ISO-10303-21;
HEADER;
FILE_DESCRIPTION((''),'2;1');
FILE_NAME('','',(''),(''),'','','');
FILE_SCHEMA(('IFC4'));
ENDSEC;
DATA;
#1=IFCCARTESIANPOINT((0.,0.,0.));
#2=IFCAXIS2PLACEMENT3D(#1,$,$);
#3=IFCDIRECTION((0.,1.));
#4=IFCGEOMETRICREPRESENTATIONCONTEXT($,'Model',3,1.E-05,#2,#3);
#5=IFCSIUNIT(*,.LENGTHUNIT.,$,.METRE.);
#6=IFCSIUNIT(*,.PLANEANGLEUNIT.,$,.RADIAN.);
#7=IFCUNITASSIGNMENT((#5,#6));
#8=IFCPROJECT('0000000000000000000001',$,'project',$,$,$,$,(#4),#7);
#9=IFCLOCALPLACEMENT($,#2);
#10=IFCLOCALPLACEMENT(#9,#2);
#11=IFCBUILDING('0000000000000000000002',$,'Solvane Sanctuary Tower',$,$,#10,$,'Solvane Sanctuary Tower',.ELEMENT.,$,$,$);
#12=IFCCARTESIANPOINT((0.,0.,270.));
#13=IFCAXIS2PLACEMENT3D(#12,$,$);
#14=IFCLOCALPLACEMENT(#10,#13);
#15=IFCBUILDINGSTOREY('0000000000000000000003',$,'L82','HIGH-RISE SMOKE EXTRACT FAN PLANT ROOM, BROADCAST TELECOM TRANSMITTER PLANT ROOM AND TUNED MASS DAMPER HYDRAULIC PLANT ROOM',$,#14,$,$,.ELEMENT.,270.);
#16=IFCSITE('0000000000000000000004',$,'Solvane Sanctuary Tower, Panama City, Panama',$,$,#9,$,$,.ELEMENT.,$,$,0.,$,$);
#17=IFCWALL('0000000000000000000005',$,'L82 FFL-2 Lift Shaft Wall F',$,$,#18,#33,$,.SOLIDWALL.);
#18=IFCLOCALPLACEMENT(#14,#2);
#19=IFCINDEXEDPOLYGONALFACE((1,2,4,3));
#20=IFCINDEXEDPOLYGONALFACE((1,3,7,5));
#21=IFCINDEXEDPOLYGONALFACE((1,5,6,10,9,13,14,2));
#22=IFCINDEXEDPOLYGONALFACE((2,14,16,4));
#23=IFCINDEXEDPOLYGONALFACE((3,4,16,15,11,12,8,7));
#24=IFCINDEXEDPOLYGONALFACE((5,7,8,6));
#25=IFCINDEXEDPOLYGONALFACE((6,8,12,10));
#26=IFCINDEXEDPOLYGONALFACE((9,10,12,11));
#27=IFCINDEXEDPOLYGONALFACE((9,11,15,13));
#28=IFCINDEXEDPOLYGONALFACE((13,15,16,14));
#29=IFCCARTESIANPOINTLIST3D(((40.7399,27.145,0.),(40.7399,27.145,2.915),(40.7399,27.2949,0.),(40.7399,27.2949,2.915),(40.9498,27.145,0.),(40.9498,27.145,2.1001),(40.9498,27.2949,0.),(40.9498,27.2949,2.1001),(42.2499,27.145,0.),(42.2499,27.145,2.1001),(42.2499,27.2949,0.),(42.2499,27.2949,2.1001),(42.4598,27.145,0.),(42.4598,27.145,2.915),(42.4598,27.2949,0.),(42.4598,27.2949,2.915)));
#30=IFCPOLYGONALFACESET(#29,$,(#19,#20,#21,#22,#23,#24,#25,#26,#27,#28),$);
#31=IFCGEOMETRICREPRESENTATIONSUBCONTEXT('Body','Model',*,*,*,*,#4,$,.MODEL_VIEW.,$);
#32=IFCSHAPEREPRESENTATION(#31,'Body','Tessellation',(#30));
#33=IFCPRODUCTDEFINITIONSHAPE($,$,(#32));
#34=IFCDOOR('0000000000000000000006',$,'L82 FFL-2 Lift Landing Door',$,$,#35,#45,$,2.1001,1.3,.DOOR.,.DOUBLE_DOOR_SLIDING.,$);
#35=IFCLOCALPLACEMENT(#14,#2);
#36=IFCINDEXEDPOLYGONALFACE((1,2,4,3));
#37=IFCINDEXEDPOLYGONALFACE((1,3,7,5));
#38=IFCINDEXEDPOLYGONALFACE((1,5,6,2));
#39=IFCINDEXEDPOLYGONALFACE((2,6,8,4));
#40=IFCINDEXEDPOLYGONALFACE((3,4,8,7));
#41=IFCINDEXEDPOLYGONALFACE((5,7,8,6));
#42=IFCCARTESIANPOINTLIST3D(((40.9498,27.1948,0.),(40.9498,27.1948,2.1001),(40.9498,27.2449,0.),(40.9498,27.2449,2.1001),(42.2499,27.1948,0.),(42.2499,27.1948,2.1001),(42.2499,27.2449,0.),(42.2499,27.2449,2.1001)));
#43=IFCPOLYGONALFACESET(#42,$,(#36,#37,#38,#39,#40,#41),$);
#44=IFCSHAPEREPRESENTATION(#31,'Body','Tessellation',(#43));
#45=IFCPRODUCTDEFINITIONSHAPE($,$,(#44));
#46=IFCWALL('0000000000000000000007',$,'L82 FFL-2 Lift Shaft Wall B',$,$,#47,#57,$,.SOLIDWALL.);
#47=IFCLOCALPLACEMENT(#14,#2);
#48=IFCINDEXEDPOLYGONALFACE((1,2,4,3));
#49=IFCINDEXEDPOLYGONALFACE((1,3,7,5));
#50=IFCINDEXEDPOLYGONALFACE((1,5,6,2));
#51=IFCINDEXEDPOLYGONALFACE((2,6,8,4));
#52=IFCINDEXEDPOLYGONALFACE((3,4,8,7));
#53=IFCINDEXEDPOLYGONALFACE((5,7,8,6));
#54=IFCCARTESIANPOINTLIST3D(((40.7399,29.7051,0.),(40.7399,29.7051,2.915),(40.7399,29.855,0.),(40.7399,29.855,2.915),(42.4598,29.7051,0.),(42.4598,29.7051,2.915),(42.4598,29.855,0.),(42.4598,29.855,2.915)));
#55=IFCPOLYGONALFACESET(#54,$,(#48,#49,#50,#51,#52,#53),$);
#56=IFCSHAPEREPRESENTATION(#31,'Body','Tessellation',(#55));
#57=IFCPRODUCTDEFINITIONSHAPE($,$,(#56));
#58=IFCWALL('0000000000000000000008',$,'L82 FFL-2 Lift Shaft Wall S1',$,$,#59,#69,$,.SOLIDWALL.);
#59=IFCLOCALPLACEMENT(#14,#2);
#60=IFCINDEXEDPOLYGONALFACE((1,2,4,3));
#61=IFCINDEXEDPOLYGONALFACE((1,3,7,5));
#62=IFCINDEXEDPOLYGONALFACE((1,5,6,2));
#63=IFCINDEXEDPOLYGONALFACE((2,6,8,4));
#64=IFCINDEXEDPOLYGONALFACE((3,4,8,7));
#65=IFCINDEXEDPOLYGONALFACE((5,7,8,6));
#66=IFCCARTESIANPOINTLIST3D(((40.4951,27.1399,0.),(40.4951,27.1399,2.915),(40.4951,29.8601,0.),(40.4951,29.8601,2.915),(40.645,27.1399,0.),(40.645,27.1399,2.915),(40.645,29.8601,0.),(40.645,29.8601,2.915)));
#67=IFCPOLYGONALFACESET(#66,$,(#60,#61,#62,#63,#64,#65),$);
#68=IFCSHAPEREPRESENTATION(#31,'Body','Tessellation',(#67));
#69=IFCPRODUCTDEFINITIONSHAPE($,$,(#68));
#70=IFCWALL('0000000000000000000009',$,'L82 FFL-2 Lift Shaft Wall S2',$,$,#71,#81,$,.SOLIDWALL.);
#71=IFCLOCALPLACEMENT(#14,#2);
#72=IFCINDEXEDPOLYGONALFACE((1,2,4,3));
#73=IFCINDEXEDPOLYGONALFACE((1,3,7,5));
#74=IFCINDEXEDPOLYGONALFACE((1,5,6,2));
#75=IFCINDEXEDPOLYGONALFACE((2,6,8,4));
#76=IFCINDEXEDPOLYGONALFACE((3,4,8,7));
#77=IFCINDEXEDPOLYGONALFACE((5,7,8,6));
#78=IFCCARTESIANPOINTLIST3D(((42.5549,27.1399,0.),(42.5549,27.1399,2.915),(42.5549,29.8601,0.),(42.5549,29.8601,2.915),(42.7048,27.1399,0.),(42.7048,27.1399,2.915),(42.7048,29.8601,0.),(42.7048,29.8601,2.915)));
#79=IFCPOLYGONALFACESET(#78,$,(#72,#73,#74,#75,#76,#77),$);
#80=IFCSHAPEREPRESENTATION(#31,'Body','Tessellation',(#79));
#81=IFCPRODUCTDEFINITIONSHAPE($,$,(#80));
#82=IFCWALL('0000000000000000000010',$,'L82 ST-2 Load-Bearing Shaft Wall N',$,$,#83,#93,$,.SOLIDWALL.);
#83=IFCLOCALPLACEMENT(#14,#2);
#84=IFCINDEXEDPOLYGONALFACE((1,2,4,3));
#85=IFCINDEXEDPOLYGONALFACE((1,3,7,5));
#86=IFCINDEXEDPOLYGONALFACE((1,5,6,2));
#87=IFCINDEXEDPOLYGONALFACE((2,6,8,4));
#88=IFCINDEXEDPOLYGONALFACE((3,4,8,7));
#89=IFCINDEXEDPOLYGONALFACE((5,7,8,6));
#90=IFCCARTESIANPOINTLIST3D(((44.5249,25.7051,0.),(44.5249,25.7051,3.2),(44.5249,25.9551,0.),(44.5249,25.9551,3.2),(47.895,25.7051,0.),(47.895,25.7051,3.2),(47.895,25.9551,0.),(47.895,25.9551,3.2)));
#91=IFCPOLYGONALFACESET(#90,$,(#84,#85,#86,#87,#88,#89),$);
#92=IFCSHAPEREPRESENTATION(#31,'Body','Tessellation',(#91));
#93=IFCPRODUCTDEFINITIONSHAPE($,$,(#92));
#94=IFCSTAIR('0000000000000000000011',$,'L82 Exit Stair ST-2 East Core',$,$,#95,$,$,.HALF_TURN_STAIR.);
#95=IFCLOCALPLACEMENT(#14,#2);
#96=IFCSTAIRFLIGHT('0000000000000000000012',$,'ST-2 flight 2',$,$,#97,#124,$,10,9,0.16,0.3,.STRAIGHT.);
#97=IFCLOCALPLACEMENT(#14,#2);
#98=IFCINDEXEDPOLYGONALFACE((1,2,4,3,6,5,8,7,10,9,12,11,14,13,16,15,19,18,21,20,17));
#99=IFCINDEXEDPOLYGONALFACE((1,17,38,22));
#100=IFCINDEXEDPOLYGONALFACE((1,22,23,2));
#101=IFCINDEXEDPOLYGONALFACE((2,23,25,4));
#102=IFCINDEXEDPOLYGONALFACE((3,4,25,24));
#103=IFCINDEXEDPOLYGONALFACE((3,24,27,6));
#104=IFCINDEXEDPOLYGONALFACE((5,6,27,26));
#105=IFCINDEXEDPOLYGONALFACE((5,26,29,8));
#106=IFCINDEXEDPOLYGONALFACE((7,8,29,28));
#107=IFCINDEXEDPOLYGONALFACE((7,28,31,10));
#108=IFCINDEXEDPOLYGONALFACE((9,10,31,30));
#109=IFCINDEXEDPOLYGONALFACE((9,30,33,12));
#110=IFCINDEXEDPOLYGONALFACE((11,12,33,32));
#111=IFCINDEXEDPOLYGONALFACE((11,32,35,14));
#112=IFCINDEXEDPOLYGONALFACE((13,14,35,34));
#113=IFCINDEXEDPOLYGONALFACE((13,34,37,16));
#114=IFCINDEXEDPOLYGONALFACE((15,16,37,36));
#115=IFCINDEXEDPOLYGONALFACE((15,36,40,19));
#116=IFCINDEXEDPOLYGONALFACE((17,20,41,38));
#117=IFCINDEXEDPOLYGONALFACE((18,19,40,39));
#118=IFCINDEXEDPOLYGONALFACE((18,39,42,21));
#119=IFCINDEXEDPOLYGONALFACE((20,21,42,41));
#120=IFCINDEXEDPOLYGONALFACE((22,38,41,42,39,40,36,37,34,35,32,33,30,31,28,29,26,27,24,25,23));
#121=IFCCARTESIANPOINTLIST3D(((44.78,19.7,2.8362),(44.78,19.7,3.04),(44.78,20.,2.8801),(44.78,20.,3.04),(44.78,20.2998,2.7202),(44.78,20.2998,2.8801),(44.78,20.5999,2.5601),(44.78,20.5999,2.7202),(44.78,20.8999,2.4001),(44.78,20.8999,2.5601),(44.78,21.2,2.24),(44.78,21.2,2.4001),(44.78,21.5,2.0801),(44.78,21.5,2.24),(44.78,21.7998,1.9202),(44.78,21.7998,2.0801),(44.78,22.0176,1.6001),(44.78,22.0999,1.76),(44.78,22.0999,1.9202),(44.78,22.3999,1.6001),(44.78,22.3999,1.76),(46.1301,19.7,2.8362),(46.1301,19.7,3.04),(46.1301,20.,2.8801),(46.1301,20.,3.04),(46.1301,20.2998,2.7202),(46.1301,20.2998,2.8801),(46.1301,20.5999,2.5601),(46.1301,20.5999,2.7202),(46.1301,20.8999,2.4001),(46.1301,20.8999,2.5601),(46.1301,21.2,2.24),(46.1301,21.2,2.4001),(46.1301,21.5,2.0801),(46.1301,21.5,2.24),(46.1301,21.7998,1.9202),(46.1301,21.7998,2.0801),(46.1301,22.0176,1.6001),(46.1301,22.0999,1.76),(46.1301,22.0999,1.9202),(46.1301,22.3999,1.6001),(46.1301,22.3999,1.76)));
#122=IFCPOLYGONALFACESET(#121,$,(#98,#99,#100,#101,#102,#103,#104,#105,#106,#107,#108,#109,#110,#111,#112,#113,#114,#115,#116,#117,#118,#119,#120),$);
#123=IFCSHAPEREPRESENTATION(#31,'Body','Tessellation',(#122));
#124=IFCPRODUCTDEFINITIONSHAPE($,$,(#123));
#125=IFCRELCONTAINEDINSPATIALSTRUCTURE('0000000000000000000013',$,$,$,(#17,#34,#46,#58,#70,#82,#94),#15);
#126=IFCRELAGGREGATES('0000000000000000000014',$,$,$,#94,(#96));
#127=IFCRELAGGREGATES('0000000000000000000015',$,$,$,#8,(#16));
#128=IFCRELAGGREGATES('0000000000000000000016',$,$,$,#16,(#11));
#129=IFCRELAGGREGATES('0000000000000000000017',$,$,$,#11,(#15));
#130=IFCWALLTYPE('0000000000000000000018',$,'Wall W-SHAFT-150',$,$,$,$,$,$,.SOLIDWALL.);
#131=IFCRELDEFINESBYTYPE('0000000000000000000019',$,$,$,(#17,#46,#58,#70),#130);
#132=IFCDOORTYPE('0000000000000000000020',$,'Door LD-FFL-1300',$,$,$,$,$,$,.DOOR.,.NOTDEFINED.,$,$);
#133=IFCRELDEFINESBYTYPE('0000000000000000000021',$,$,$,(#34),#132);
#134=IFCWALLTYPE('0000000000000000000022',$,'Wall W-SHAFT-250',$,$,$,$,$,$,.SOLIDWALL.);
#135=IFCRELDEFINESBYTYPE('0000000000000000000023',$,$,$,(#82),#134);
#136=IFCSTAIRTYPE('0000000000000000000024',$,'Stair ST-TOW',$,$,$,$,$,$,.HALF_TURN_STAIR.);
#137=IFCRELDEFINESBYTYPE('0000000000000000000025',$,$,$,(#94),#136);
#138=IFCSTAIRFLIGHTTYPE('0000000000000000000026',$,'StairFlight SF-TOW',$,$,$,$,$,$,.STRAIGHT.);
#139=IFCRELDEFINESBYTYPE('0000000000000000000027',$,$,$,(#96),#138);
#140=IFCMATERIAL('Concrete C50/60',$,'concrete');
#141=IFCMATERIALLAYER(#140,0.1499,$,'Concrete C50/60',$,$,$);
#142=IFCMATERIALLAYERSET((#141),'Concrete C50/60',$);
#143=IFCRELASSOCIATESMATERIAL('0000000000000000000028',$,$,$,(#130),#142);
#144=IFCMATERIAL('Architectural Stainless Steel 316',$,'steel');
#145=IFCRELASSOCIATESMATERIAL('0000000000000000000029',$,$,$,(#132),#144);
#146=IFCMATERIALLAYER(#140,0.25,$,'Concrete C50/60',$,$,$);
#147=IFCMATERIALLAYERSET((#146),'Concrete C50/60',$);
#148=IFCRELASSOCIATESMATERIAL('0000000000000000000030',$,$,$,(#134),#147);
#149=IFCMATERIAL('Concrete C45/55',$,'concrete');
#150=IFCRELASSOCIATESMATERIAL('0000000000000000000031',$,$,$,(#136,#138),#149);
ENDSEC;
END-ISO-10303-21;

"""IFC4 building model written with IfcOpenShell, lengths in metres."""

from ifc_helpers import new_model, si_unit, direction, frame, frame_2d, origin, place, context, subcontext, project, spatial, polyline, rectangle, outline, extrude, material, layer, layer_set, type_object, element, fill, aggregate, save


model = new_model("IFC4")

# Units and contexts
model_context = context("Model", 3, precision=1e-05, world=origin(), true_north=direction((0.0, 1.0)))
body_context = subcontext(model_context, "Body", "Model", "MODEL_VIEW")
ifc_project = project(units=[si_unit("LENGTHUNIT", "METRE"), si_unit("PLANEANGLEUNIT", "RADIAN")], contexts=[model_context])

# Site, building, storey
site_placement = place(None, origin())
site = spatial("IfcSite", under=ifc_project, at=site_placement, Name="Solvane Sanctuary Tower, Panama City, Panama", CompositionType="ELEMENT", RefElevation=0.0)
building_placement = place(site_placement, origin())
building = spatial("IfcBuilding", under=site, at=building_placement, Name="Solvane Sanctuary Tower", LongName="Solvane Sanctuary Tower", CompositionType="ELEMENT")
storey_placement = place(building_placement, frame((0.0, 0.0, 270.0)))
storey = spatial("IfcBuildingStorey", under=building, at=storey_placement, Name="L82", Description="HIGH-RISE SMOKE EXTRACT FAN PLANT ROOM, BROADCAST TELECOM TRANSMITTER PLANT ROOM AND TUNED MASS DAMPER HYDRAULIC PLANT ROOM", CompositionType="ELEMENT", Elevation=270.0)

# Shared definitions
ifc_material_1 = material(Name="Architectural Stainless Steel 316", Category="steel")

# Wall, opening, door
ifc_material_2 = material(Name="Concrete C50/60", Category="concrete")
ifc_layer_1 = layer(ifc_material_2, 0.1499, Name="Concrete C50/60")
ifc_layer_set_1 = layer_set([ifc_layer_1], Name="Concrete C50/60")
wall_type_1 = type_object("IfcWallType", Name="Wall W-SHAFT-150", PredefinedType="SOLIDWALL", material=ifc_layer_set_1)
wall_1_placement = place(storey_placement, frame((40.74, 27.22, 0.0), z_axis=(0.0, 0.0, 1.0), x_axis=(1.0, 0.0, 0.0)))
wall_1 = element("IfcWall", 1, at=wall_1_placement, inside=storey, type_object=wall_type_1, Name="L82 FFL-2 Lift Shaft Wall F", PredefinedType="SOLIDWALL", context=body_context, shape_type="SweptSolid", body=[
    extrude(rectangle(XDim=1.72, YDim=0.1499, at=frame_2d((0.8599, 0.0))), origin(), (0.0, 0.0, 1.0), 2.915),
])
opening_1_placement = place(wall_1_placement, frame((0.21, 0.0, 0.0)))
opening_1 = element("IfcOpeningElement", 2, at=opening_1_placement, cuts=wall_1, PredefinedType="OPENING", context=body_context, shape_type="SweptSolid", body=[
    extrude(rectangle(XDim=1.3, YDim=2.1001, at=frame_2d((0.6499, 1.05))), frame((0.0, 0.085, 0.0), z_axis=(0.0, -1.0, 0.0), x_axis=(1.0, 0.0, 0.0)), (0.0, 0.0, 1.0), 0.1699),
])
door_type_1 = type_object("IfcDoorType", Name="Door LD-FFL-1300", OperationType="NOTDEFINED", PredefinedType="DOOR", material=ifc_material_1)
door_1_placement = place(opening_1_placement, origin())
door_1 = element("IfcDoor", 3, at=door_1_placement, inside=storey, type_object=door_type_1, Name="L82 FFL-2 Lift Landing Door", OperationType="DOUBLE_DOOR_SLIDING", OverallHeight=2.1001, OverallWidth=1.3, PredefinedType="DOOR", context=body_context, shape_type="SweptSolid", body=[
    extrude(rectangle(XDim=1.3, YDim=2.1001, at=frame_2d((0.6499, 1.05))), frame((0.0, 0.0249, 0.0), z_axis=(0.0, -1.0, 0.0), x_axis=(1.0, 0.0, 0.0)), (0.0, 0.0, 1.0), 0.05),
])
fill(opening_1, door_1)

# Walls
wall_2_placement = place(storey_placement, frame((40.74, 29.78, 0.0), z_axis=(0.0, 0.0, 1.0), x_axis=(1.0, 0.0, 0.0)))
element("IfcWall", 4, at=wall_2_placement, inside=storey, type_object=wall_type_1, Name="L82 FFL-2 Lift Shaft Wall B", PredefinedType="SOLIDWALL", context=body_context, shape_type="SweptSolid", body=[
    extrude(rectangle(XDim=1.72, YDim=0.1499, at=frame_2d((0.8599, 0.0))), origin(), (0.0, 0.0, 1.0), 2.915),
])
for number, where, z_axis, x_axis, name in (
    (5, (40.5701, 27.1399, 0.0), (0.0, 0.0, 1.0), (0.0, 1.0, 0.0), "L82 FFL-2 Lift Shaft Wall S1"),
    (6, (42.6299, 27.1399, 0.0), (0.0, 0.0, 1.0), (0.0, 1.0, 0.0), "L82 FFL-2 Lift Shaft Wall S2"),
):
    element("IfcWall", number, at=place(storey_placement, frame(where, z_axis=z_axis, x_axis=x_axis)), inside=storey, type_object=wall_type_1, Name=name, PredefinedType="SOLIDWALL", context=body_context, shape_type="SweptSolid", body=[
        extrude(rectangle(XDim=2.7202, YDim=0.1499, at=frame_2d((1.3601, 0.0))), origin(), (0.0, 0.0, 1.0), 2.915),
    ])
ifc_layer_2 = layer(ifc_material_2, 0.25, Name="Concrete C50/60")
ifc_layer_set_2 = layer_set([ifc_layer_2], Name="Concrete C50/60")
wall_type_2 = type_object("IfcWallType", Name="Wall W-SHAFT-250", PredefinedType="SOLIDWALL", material=ifc_layer_set_2)
wall_3_placement = place(storey_placement, frame((44.5249, 25.8301, 0.0), z_axis=(0.0, 0.0, 1.0), x_axis=(1.0, 0.0, 0.0)))
element("IfcWall", 7, at=wall_3_placement, inside=storey, type_object=wall_type_2, Name="L82 ST-2 Load-Bearing Shaft Wall N", PredefinedType="SOLIDWALL", context=body_context, shape_type="SweptSolid", body=[
    extrude(rectangle(XDim=3.3701, YDim=0.25, at=frame_2d((1.6851, 0.0))), origin(), (0.0, 0.0, 1.0), 3.2),
])

# Stair, stair flight
ifc_material_3 = material(Name="Concrete C45/55", Category="concrete")
stair_type = type_object("IfcStairType", Name="Stair ST-TOW", PredefinedType="HALF_TURN_STAIR", material=ifc_material_3)
stair_placement = place(storey_placement, origin())
stair = element("IfcStair", 8, at=stair_placement, inside=storey, type_object=stair_type, Name="L82 Exit Stair ST-2 East Core", PredefinedType="HALF_TURN_STAIR")
stair_flight_type = type_object("IfcStairFlightType", Name="StairFlight SF-TOW", PredefinedType="STRAIGHT", material=ifc_material_3)
stair_flight_placement = place(storey_placement, frame((45.4551, 22.3999, 1.6001), z_axis=(0.0, 0.0, 1.0), x_axis=(0.0, -1.0, 0.0)))
stair_flight = element("IfcStairFlight", 9, at=stair_flight_placement, type_object=stair_flight_type, Name="ST-2 flight 2", NumberOfRisers=10, NumberOfTreads=9, PredefinedType="STRAIGHT", RiserHeight=0.16, TreadLength=0.3, context=body_context, shape_type="SweptSolid", body=[
    extrude(outline(polyline([(0.0, 0.0), (0.0, 0.1599), (0.3, 0.1599), (0.3, 0.3201), (0.6001, 0.3201), (0.6001, 0.48), (0.8999, 0.48), (0.8999, 0.6399), (1.2, 0.6399), (1.2, 0.8), (1.5, 0.8), (1.5, 0.96), (1.8, 0.96), (1.8, 1.1201), (2.1001, 1.1201), (2.1001, 1.28), (2.3999, 1.28), (2.3999, 1.4399), (2.7, 1.4399), (2.7, 1.6001), (2.7, 1.2361), (0.3823, 0.0), (0.0, 0.0)])), frame((0.0, 0.675, 0.0), z_axis=(0.0, -1.0, 0.0), x_axis=(1.0, 0.0, 0.0)), (0.0, 0.0, 1.0), 1.3501),
])
aggregate(stair, [stair_flight])

save(model, "model.ifc")
